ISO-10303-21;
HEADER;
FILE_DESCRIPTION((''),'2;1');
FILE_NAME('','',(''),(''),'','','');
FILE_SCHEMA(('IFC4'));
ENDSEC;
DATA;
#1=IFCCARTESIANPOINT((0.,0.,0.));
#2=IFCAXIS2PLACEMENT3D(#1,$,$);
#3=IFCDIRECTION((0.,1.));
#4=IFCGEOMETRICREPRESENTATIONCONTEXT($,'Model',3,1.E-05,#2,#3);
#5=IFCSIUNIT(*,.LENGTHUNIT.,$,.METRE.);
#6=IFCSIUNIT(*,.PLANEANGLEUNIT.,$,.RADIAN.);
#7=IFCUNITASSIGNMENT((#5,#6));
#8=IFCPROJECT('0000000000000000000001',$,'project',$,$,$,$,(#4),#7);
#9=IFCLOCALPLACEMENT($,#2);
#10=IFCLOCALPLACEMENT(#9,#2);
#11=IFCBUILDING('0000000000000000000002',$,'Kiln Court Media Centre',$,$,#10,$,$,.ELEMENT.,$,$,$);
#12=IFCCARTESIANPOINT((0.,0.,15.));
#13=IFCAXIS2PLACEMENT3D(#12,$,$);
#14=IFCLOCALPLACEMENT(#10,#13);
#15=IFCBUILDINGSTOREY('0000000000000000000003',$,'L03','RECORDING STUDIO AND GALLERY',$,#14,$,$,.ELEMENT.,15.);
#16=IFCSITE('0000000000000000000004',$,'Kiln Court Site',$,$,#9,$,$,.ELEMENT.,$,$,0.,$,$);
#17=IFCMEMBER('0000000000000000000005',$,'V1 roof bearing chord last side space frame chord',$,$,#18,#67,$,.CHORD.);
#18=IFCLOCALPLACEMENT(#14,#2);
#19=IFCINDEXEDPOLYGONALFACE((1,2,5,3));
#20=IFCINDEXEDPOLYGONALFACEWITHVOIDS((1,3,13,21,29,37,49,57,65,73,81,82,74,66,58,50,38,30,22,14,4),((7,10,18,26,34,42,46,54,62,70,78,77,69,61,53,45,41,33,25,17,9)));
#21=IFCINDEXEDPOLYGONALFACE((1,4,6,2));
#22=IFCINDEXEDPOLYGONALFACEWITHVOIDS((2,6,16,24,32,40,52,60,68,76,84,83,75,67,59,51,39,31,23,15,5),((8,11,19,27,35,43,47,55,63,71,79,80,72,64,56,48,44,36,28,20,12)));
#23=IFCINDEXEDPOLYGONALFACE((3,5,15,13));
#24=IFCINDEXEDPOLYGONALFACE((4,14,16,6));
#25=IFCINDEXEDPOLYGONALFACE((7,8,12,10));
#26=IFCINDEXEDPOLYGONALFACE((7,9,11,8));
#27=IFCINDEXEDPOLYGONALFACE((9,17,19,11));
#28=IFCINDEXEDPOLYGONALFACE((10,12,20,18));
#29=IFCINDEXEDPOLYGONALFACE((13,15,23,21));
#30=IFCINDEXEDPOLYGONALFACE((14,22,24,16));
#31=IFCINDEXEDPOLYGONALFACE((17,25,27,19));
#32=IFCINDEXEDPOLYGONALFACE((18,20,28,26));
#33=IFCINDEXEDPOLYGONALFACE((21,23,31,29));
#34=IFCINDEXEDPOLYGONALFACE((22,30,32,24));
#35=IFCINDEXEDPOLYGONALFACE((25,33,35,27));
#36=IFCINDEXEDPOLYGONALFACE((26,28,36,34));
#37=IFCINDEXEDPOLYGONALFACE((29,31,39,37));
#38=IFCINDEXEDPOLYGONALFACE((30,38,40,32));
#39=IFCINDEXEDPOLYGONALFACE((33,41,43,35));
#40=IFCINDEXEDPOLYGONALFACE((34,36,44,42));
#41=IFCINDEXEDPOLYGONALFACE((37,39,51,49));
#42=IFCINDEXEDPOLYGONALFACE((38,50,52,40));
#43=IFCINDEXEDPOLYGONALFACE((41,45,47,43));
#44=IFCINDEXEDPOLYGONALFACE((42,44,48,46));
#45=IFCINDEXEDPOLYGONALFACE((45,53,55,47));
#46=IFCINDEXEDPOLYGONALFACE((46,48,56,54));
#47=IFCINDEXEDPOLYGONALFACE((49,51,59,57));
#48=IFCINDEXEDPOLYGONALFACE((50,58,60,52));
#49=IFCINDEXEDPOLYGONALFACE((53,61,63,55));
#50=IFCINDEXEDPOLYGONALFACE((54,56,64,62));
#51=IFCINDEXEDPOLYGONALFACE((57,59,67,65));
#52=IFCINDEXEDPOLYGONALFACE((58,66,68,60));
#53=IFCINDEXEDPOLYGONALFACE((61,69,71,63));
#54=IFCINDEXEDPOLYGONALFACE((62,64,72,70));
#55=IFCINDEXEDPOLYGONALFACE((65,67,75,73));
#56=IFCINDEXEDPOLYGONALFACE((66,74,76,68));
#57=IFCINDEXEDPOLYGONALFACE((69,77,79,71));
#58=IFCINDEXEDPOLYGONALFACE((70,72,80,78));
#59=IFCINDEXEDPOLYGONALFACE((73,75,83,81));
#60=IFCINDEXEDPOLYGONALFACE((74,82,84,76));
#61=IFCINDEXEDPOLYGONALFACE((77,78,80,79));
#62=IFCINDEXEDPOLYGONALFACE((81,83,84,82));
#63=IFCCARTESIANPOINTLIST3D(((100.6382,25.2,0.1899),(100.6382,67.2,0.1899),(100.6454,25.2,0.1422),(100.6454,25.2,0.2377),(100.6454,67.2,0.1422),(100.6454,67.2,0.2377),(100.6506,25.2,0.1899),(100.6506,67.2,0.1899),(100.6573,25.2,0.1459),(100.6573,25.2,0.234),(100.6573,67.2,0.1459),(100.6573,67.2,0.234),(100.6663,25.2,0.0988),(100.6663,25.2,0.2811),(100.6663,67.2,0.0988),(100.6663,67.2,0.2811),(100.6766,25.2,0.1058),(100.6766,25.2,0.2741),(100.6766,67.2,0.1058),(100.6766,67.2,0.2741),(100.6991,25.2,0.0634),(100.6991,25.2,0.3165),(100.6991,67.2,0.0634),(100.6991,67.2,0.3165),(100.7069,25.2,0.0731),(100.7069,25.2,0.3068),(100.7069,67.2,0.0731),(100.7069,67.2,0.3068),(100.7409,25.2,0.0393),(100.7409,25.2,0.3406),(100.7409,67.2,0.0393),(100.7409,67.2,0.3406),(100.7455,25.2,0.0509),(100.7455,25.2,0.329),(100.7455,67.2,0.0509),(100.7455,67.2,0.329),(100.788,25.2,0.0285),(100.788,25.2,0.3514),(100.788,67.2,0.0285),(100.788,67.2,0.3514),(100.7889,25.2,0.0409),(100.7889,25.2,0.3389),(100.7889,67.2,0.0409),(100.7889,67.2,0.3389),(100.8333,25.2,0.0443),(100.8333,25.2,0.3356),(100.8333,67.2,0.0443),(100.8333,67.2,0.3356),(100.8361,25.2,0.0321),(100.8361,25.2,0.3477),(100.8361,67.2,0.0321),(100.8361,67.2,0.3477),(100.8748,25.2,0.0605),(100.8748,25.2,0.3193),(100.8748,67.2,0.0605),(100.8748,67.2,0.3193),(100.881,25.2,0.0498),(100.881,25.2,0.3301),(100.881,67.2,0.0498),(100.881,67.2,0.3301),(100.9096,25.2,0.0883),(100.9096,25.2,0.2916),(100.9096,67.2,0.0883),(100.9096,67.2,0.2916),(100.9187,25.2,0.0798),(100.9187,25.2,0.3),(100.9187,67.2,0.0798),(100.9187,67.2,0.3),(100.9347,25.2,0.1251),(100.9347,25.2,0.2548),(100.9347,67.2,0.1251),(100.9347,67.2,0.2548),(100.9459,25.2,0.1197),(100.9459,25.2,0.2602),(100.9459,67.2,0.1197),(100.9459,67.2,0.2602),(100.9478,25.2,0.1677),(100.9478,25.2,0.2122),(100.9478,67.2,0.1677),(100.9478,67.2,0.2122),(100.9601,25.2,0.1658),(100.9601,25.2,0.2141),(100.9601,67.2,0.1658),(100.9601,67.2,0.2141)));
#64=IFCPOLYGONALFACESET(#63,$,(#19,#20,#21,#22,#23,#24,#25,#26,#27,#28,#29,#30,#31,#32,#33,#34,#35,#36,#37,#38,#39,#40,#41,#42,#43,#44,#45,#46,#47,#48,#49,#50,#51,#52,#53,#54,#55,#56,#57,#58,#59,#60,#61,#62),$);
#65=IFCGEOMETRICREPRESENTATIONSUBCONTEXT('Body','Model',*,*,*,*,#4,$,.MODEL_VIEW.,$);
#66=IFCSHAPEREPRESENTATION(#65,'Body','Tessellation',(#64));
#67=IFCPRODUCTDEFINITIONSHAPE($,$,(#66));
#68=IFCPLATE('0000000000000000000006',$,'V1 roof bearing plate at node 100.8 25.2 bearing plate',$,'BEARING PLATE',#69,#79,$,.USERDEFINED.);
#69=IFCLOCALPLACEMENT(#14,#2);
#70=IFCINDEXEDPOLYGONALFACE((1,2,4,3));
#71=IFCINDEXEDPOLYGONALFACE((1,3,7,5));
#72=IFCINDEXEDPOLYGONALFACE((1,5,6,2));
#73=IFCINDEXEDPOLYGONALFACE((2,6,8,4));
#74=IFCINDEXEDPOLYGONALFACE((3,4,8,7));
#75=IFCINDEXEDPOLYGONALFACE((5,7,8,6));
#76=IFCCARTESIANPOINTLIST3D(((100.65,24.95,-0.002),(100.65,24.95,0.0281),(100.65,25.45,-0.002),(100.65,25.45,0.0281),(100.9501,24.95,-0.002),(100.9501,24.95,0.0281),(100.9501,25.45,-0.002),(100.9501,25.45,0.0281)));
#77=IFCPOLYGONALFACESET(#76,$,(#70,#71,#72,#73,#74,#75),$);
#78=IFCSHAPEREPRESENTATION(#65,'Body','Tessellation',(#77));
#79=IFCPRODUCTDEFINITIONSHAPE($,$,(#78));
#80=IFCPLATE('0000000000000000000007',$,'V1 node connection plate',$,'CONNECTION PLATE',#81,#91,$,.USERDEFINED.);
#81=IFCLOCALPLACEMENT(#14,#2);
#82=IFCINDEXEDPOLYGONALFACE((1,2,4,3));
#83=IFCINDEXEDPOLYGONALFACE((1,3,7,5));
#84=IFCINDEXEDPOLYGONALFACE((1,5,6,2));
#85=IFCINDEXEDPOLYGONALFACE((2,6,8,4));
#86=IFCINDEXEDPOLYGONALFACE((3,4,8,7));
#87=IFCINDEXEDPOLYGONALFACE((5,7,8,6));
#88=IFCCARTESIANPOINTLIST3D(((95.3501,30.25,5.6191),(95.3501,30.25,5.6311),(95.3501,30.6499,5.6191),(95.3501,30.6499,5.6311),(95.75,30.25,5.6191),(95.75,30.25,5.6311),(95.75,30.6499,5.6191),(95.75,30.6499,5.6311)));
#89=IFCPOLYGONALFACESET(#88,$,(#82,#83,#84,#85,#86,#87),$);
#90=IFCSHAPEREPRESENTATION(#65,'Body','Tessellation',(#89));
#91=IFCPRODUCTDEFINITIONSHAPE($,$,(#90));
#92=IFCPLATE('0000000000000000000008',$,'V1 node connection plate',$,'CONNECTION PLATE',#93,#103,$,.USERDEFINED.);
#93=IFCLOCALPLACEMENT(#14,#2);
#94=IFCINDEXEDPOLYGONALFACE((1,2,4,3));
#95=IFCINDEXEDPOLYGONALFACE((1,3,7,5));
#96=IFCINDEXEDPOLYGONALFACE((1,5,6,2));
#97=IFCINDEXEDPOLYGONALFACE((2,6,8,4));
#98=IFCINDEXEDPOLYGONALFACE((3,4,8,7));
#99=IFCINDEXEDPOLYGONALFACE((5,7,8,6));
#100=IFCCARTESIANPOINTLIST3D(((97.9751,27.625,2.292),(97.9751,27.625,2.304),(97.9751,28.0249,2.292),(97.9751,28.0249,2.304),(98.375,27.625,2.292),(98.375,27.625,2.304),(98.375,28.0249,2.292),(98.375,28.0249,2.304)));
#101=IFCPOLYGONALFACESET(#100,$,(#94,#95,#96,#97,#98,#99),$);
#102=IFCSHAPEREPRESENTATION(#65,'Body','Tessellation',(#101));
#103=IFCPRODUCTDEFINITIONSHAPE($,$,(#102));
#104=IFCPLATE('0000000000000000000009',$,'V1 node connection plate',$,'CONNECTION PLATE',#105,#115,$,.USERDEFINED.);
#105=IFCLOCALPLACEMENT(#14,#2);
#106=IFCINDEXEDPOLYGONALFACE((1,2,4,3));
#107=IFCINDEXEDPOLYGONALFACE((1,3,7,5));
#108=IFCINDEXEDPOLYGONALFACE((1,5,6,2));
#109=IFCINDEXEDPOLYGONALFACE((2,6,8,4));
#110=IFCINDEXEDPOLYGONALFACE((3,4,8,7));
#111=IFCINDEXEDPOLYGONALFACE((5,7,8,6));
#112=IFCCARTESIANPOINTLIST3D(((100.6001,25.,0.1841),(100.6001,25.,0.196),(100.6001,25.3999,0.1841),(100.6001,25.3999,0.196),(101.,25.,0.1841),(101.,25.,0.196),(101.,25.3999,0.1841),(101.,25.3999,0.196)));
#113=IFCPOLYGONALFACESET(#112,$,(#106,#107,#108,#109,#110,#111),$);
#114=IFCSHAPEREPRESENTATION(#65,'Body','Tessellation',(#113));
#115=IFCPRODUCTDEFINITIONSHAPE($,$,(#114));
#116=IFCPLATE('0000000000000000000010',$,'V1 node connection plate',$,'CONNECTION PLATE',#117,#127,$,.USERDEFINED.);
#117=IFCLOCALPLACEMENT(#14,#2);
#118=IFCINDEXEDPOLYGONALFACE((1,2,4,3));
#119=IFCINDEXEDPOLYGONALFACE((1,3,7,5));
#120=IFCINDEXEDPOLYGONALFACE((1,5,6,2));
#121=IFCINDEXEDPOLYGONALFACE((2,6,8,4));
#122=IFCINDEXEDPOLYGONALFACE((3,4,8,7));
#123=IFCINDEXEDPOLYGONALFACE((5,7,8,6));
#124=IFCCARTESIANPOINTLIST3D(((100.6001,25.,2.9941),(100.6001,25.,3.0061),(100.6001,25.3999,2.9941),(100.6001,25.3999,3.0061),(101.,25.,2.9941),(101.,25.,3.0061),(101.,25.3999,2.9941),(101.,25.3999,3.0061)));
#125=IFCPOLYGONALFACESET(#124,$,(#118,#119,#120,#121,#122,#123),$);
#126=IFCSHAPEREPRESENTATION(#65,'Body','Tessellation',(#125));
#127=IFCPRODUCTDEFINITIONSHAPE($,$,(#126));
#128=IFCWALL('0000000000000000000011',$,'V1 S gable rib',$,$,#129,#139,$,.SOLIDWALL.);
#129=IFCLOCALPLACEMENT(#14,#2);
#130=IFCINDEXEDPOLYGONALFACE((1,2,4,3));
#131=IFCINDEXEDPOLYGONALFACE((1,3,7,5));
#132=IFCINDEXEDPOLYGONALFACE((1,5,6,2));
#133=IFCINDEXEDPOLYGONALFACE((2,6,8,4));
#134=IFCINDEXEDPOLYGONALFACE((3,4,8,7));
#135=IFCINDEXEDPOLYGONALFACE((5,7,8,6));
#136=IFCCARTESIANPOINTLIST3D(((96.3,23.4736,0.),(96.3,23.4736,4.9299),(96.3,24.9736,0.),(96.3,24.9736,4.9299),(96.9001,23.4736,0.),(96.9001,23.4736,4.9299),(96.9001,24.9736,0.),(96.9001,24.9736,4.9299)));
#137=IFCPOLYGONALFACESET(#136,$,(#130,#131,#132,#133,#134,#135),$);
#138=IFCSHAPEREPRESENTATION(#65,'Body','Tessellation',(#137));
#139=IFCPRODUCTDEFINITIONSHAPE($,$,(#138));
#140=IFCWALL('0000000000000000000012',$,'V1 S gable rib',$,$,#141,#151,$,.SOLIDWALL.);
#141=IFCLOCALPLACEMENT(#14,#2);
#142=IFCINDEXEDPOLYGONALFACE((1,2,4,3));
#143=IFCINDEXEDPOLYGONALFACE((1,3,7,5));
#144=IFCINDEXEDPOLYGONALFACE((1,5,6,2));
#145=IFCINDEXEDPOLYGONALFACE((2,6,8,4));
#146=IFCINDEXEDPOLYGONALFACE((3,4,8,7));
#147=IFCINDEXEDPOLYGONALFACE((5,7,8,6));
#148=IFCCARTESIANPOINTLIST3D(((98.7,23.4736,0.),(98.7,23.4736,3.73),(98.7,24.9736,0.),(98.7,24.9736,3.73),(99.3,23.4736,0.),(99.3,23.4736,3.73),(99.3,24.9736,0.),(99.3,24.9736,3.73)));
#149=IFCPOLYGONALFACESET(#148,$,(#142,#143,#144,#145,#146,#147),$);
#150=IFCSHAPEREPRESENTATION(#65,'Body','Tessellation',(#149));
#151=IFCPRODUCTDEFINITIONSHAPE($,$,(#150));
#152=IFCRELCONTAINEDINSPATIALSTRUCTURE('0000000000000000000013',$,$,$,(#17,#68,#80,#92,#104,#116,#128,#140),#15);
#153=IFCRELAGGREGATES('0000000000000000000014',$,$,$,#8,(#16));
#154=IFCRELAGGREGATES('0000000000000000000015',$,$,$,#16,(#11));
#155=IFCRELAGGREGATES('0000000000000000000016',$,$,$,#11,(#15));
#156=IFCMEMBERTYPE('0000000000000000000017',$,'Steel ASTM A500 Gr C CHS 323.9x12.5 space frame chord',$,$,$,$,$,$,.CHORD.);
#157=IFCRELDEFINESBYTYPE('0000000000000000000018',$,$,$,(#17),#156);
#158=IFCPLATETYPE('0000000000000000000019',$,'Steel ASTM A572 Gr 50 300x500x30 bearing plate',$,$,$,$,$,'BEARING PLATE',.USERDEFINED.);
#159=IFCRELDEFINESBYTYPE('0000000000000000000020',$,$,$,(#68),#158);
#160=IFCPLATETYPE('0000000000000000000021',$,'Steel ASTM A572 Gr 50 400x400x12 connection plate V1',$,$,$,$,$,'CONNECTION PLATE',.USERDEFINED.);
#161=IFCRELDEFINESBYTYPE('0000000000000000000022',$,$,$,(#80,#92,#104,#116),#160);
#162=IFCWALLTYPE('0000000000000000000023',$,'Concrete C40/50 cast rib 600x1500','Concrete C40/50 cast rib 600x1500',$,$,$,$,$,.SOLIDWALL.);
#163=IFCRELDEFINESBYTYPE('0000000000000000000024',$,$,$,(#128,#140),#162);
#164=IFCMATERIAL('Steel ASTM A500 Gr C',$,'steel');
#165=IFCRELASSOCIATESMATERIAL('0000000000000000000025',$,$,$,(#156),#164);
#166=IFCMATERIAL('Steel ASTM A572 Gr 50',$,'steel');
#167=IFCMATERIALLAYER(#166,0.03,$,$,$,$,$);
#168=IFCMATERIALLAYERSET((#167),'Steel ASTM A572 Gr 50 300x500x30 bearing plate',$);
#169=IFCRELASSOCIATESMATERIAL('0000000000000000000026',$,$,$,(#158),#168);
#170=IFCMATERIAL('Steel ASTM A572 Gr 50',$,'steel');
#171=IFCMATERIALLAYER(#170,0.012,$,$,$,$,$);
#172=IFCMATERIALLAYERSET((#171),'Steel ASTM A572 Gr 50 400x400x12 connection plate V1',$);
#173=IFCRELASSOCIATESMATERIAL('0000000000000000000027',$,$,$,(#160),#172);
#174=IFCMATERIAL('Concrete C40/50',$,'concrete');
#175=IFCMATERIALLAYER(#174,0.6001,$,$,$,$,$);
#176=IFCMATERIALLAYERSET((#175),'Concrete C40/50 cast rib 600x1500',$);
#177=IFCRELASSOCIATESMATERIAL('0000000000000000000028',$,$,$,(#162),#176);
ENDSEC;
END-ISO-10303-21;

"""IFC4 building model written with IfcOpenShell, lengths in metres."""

from ifc_helpers import new_model, si_unit, direction, frame, frame_2d, origin, origin_2d, place, context, subcontext, project, spatial, rectangle, hollow_circle, extrude, material, layer, layer_set, material_profile, profile_set, type_object, element, save


model = new_model("IFC4")

# Units and contexts
model_context = context("Model", 3, precision=1e-05, world=origin(), true_north=direction((0.0, 1.0)))
body_context = subcontext(model_context, "Body", "Model", "MODEL_VIEW")
ifc_project = project(units=[si_unit("LENGTHUNIT", "METRE"), si_unit("PLANEANGLEUNIT", "RADIAN")], contexts=[model_context])

# Site, building, storey
site_placement = place(None, origin())
site = spatial("IfcSite", under=ifc_project, at=site_placement, Name="Kiln Court Site", CompositionType="ELEMENT", RefElevation=0.0)
building_placement = place(site_placement, origin())
building = spatial("IfcBuilding", under=site, at=building_placement, Name="Kiln Court Media Centre", CompositionType="ELEMENT")
storey_placement = place(building_placement, frame((0.0, 0.0, 15.0)))
storey = spatial("IfcBuildingStorey", under=building, at=storey_placement, Name="L03", Description="RECORDING STUDIO AND GALLERY", CompositionType="ELEMENT", Elevation=15.0)

# Member
ifc_material_1 = material(Name="Steel ASTM A500 Gr C", Category="steel")
ifc_material_profile_1 = material_profile(ifc_material_1, hollow_circle(Radius=0.1619, WallThickness=0.0125, at=origin_2d()), Name="CHS 323.9x12.5")
ifc_profile_set_1 = profile_set([ifc_material_profile_1], Name="Steel ASTM A500 Gr C")
member_type_1 = type_object("IfcMemberType", Name="Steel ASTM A500 Gr C CHS 323.9x12.5 space frame chord", PredefinedType="CHORD", material=ifc_profile_set_1)
member_1_placement = place(storey_placement, frame((100.8, 25.2, 0.1899), z_axis=(0.0, 1.0, 0.0), x_axis=(-1.0, 0.0, 0.0)))
element("IfcMember", 1, at=member_1_placement, inside=storey, type_object=member_type_1, Name="V1 roof bearing chord last side space frame chord", PredefinedType="CHORD", context=body_context, shape_type="SweptSolid", body=[
    extrude(hollow_circle(Radius=0.1619, WallThickness=0.0125, at=origin_2d()), origin(), (0.0, 0.0, 1.0), 42.0),
])

# Plates
ifc_material_2 = material(Name="Steel ASTM A572 Gr 50", Category="steel")
ifc_layer_1 = layer(ifc_material_2, 0.03)
ifc_layer_set_1 = layer_set([ifc_layer_1], Name="Steel ASTM A572 Gr 50 300x500x30 bearing plate")
plate_type_1 = type_object("IfcPlateType", Name="Steel ASTM A572 Gr 50 300x500x30 bearing plate", ElementType="BEARING PLATE", PredefinedType="USERDEFINED", material=ifc_layer_set_1)
plate_placement = place(storey_placement, frame((100.8, 25.2, -0.002), z_axis=(0.0, 0.0, 1.0), x_axis=(1.0, 0.0, 0.0)))
element("IfcPlate", 2, at=plate_placement, inside=storey, type_object=plate_type_1, Name="V1 roof bearing plate at node 100.8 25.2 bearing plate", ObjectType="BEARING PLATE", PredefinedType="USERDEFINED", context=body_context, shape_type="SweptSolid", body=[
    extrude(rectangle(XDim=0.3, YDim=0.5, at=origin_2d()), origin(), (0.0, 0.0, 1.0), 0.03),
])
ifc_material_3 = material(Name="Steel ASTM A572 Gr 50", Category="steel")
ifc_layer_2 = layer(ifc_material_3, 0.012)
ifc_layer_set_2 = layer_set([ifc_layer_2], Name="Steel ASTM A572 Gr 50 400x400x12 connection plate V1")
plate_type_2 = type_object("IfcPlateType", Name="Steel ASTM A572 Gr 50 400x400x12 connection plate V1", ElementType="CONNECTION PLATE", PredefinedType="USERDEFINED", material=ifc_layer_set_2)
for number, where, z_axis, x_axis, name in (
    (3, (95.55, 30.45, 5.6191), (0.0, 0.0, 1.0), (1.0, 0.0, 0.0), "V1 node connection plate"),
    (4, (98.175, 27.825, 2.292), (0.0, 0.0, 1.0), (1.0, 0.0, 0.0), "V1 node connection plate"),
    (5, (100.8, 25.2, 0.1841), (0.0, 0.0, 1.0), (1.0, 0.0, 0.0), "V1 node connection plate"),
    (6, (100.8, 25.2, 2.9941), (0.0, 0.0, 1.0), (1.0, 0.0, 0.0), "V1 node connection plate"),
):
    element("IfcPlate", number, at=place(storey_placement, frame(where, z_axis=z_axis, x_axis=x_axis)), inside=storey, type_object=plate_type_2, Name=name, ObjectType="CONNECTION PLATE", PredefinedType="USERDEFINED", context=body_context, shape_type="SweptSolid", body=[
        extrude(rectangle(XDim=0.3999, YDim=0.3999, at=origin_2d()), origin(), (0.0, 0.0, 1.0), 0.012),
    ])

# Walls
ifc_material_4 = material(Name="Concrete C40/50", Category="concrete")
ifc_layer_3 = layer(ifc_material_4, 0.6001)
ifc_layer_set_3 = layer_set([ifc_layer_3], Name="Concrete C40/50 cast rib 600x1500")
wall_type = type_object("IfcWallType", Name="Concrete C40/50 cast rib 600x1500", Description="Concrete C40/50 cast rib 600x1500", PredefinedType="SOLIDWALL", material=ifc_layer_set_3)
wall_1_placement = place(storey_placement, frame((96.6001, 24.9736, 0.0), z_axis=(0.0, 0.0, 1.0), x_axis=(0.0, -1.0, 0.0)))
element("IfcWall", 7, at=wall_1_placement, inside=storey, type_object=wall_type, Name="V1 S gable rib", PredefinedType="SOLIDWALL", context=body_context, shape_type="SweptSolid", body=[
    extrude(rectangle(XDim=1.5, YDim=0.6001, at=frame_2d((0.75, 0.0))), origin(), (0.0, 0.0, 1.0), 4.9299),
])
wall_2_placement = place(storey_placement, frame((99.0, 24.9736, 0.0), z_axis=(0.0, 0.0, 1.0), x_axis=(0.0, -1.0, 0.0)))
element("IfcWall", 8, at=wall_2_placement, inside=storey, type_object=wall_type, Name="V1 S gable rib", PredefinedType="SOLIDWALL", context=body_context, shape_type="SweptSolid", body=[
    extrude(rectangle(XDim=1.5, YDim=0.6001, at=frame_2d((0.75, 0.0))), origin(), (0.0, 0.0, 1.0), 3.73),
])

save(model, "model.ifc")
